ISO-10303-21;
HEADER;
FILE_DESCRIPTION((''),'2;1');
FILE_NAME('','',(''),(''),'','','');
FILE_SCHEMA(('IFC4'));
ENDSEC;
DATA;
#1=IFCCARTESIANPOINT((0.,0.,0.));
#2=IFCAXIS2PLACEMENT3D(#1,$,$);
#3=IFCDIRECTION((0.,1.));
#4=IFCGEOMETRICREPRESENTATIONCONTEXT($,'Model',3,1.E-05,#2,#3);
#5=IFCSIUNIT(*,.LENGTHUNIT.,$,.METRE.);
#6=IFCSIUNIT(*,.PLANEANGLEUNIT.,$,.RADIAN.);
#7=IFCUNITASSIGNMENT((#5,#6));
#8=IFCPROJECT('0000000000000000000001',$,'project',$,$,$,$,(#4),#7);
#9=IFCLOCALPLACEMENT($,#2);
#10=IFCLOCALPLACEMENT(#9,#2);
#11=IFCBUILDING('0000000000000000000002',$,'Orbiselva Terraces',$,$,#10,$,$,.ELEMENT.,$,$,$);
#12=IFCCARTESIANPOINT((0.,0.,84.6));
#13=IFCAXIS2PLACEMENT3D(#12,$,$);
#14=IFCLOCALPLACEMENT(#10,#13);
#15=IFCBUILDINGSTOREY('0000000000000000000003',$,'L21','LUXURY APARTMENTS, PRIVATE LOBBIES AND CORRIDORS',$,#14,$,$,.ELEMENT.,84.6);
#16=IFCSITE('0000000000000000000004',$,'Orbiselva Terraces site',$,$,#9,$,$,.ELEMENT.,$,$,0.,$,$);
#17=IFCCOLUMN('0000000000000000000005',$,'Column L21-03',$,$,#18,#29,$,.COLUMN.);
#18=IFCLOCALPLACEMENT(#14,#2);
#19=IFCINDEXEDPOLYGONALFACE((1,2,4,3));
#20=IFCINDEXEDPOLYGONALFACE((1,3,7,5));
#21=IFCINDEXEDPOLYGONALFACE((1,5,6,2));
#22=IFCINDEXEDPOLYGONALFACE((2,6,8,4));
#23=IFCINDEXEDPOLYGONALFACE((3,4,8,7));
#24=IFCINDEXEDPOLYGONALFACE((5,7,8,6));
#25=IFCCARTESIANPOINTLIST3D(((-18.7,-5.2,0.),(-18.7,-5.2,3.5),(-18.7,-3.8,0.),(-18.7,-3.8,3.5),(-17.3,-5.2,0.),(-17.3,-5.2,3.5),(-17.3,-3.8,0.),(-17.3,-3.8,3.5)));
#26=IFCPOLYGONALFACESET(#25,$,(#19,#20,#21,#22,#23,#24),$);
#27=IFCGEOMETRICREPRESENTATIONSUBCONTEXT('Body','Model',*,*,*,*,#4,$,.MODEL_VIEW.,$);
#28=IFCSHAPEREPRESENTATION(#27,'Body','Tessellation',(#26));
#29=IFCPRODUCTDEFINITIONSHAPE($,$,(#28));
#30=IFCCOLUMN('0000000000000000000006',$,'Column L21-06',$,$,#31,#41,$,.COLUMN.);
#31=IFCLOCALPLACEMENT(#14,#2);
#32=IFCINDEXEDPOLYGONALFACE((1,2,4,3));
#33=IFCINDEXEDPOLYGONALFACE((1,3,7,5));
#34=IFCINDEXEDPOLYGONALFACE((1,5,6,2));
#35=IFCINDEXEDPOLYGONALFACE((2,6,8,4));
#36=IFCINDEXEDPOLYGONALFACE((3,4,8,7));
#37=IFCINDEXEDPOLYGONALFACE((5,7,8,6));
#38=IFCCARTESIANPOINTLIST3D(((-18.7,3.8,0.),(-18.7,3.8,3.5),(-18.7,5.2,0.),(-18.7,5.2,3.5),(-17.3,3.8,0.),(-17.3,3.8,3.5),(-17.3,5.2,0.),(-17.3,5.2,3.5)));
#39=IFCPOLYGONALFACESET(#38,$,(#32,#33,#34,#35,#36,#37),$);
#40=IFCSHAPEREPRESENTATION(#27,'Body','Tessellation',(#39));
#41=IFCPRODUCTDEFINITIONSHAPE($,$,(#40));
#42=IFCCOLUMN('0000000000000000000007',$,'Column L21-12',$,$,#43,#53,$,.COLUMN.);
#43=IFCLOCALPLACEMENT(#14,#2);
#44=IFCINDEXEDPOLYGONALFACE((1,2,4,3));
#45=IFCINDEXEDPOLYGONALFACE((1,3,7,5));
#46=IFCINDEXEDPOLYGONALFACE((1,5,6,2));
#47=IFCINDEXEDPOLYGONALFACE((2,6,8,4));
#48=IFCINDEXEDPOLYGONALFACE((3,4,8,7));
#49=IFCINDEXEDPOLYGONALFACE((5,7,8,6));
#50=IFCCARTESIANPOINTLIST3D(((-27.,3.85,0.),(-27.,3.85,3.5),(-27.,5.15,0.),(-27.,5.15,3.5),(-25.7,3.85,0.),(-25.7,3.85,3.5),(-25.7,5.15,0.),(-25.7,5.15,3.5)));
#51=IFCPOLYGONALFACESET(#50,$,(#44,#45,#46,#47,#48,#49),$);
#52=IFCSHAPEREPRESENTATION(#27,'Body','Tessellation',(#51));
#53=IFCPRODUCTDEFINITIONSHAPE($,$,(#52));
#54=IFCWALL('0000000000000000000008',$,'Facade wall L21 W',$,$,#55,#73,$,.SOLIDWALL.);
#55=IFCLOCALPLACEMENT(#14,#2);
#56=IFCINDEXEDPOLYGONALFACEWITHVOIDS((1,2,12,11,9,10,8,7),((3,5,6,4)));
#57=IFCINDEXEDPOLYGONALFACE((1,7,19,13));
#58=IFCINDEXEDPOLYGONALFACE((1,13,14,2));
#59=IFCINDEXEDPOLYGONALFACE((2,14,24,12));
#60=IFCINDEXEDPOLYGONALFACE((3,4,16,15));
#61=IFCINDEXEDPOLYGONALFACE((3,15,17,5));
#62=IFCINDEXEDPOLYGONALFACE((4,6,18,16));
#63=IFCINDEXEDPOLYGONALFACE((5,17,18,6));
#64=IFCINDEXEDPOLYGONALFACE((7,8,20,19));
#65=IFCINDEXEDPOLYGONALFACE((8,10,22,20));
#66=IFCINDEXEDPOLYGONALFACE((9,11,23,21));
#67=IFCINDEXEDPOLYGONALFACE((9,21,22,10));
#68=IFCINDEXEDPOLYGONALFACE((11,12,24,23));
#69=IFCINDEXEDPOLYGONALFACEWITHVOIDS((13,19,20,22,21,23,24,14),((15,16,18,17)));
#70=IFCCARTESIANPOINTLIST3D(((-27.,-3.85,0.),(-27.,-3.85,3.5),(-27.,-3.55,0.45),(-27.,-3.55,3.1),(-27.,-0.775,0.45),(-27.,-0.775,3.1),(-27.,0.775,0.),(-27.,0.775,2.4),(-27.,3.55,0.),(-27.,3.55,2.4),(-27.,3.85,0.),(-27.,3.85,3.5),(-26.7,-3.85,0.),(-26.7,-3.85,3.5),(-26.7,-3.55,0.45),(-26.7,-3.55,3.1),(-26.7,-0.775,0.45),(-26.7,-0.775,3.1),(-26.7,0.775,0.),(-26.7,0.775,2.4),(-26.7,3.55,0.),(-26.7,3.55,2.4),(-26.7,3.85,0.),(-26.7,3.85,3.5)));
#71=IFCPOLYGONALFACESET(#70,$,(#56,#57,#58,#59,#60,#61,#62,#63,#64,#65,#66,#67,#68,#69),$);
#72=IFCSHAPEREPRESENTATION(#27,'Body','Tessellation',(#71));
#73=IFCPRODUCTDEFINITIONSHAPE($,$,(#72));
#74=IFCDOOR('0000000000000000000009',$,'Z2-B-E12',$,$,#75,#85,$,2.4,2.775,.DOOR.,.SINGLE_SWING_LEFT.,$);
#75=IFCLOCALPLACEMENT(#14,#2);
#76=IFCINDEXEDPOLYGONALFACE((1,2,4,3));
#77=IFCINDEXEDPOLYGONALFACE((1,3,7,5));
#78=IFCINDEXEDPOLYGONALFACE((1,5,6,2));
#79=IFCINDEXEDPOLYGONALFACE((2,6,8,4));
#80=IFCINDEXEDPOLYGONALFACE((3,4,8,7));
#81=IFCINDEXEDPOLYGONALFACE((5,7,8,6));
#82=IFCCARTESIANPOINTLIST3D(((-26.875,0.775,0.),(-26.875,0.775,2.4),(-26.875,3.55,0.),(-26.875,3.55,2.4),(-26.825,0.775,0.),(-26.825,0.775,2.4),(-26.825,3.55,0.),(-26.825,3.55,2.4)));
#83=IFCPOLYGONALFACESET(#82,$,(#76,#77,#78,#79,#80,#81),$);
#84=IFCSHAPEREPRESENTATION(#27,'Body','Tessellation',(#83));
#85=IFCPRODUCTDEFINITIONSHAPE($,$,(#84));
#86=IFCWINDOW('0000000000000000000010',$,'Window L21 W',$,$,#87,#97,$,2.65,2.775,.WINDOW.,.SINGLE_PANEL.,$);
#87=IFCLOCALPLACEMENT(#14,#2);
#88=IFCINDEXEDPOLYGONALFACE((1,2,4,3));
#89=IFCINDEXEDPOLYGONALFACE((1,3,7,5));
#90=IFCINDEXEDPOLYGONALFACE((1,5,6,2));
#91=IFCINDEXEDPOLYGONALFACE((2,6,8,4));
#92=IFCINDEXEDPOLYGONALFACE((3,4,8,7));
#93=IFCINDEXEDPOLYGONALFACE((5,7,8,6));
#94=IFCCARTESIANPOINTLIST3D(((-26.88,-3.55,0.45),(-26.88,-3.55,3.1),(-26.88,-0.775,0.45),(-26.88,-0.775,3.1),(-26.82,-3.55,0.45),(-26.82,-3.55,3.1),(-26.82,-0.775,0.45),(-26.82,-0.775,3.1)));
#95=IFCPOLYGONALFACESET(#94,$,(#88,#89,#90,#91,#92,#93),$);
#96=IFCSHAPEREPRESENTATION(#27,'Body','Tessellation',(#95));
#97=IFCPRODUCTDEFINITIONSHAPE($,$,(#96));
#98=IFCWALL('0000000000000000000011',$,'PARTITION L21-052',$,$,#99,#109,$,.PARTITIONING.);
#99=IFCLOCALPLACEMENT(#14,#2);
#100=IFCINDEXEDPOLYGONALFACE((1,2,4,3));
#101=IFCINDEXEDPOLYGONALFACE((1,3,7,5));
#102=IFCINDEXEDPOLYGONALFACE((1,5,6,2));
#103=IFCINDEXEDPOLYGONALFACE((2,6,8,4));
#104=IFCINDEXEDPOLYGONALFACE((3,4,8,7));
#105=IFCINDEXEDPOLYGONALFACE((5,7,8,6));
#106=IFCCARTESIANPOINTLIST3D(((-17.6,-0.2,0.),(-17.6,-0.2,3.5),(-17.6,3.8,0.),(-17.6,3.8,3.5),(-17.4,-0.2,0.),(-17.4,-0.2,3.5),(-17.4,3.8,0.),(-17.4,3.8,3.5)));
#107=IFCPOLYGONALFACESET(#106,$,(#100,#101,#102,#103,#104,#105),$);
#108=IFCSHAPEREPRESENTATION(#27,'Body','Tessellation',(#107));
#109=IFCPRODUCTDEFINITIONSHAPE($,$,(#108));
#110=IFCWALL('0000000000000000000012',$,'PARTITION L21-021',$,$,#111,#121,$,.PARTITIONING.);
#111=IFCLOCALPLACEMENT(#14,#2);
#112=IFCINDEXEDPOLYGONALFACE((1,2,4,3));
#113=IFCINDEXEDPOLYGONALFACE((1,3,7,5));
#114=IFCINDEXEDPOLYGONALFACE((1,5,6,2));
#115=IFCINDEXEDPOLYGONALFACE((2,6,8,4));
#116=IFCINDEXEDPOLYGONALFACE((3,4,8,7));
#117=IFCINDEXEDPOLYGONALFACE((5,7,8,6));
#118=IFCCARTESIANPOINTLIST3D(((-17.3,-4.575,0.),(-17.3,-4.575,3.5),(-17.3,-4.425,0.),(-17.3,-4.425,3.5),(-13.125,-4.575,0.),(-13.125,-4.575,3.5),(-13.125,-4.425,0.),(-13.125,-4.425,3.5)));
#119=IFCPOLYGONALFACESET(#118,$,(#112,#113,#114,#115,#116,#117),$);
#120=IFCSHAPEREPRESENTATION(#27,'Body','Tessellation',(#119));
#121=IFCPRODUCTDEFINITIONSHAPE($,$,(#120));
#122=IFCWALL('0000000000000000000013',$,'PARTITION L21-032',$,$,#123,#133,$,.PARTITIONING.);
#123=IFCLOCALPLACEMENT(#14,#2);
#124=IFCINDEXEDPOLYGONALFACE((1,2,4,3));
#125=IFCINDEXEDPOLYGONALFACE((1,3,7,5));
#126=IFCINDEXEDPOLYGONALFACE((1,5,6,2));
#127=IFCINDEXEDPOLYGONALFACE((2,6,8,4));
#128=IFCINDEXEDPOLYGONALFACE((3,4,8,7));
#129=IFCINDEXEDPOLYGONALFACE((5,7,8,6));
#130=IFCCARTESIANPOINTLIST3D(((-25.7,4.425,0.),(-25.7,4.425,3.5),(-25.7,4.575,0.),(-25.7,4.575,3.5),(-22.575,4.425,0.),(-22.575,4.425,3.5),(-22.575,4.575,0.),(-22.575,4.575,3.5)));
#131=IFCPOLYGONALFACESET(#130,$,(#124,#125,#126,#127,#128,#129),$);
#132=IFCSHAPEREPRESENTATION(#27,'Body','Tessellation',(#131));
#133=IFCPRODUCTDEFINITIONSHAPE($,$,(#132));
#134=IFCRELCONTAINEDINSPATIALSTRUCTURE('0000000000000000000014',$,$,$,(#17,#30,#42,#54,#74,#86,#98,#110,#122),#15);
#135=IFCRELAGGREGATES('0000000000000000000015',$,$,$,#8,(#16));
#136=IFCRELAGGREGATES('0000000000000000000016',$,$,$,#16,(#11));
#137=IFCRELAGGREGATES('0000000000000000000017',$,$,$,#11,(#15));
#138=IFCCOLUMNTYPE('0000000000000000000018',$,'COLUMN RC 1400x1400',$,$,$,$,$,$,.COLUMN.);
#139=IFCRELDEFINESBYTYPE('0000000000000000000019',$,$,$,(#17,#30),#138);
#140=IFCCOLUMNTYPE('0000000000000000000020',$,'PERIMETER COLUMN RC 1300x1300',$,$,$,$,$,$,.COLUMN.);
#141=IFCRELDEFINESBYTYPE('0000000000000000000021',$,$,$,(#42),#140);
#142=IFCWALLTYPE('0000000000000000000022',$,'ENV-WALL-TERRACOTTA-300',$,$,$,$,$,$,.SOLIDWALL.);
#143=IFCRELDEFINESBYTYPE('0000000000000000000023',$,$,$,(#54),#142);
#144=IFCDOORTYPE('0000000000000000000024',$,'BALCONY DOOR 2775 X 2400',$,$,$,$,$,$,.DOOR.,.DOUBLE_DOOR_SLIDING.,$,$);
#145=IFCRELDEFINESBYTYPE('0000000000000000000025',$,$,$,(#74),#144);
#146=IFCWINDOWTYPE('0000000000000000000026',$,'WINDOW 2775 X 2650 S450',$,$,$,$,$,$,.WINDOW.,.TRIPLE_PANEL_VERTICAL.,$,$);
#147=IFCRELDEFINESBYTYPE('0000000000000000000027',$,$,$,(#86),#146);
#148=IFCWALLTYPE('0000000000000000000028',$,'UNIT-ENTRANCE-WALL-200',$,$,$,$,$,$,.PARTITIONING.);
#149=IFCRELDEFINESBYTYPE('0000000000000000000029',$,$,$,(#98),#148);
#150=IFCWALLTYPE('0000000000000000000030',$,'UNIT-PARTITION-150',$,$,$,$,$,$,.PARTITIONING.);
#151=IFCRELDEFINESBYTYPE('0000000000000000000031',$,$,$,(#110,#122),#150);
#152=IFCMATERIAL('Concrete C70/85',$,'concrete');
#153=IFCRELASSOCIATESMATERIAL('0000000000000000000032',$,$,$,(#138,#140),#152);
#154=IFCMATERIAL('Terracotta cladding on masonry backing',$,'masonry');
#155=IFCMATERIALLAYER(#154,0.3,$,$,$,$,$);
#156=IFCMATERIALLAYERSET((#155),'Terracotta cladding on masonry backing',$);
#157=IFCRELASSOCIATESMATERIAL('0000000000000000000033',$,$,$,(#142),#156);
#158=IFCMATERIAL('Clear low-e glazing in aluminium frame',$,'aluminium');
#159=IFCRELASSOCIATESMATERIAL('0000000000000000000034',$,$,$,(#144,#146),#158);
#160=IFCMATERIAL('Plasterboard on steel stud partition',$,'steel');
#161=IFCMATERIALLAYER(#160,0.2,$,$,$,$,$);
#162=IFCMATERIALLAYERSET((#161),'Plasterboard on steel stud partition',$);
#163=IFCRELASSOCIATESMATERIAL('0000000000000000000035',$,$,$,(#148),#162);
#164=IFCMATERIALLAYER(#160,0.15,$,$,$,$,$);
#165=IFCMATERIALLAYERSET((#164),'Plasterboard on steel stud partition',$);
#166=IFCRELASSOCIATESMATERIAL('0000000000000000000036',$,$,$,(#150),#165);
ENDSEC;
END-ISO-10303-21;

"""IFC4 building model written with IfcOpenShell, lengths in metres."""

from ifc_helpers import new_model, si_unit, direction, frame, frame_2d, origin, origin_2d, place, context, subcontext, project, spatial, rectangle, extrude, material, layer, layer_set, material_profile, profile_set, type_object, element, fill, save


model = new_model("IFC4")

# Units and contexts
model_context = context("Model", 3, precision=1e-05, world=origin(), true_north=direction((0.0, 1.0)))
body_context = subcontext(model_context, "Body", "Model", "MODEL_VIEW")
ifc_project = project(units=[si_unit("LENGTHUNIT", "METRE"), si_unit("PLANEANGLEUNIT", "RADIAN")], contexts=[model_context])

# Site, building, storey
site_placement = place(None, origin())
site = spatial("IfcSite", under=ifc_project, at=site_placement, Name="Orbiselva Terraces site", CompositionType="ELEMENT", RefElevation=0.0)
building_placement = place(site_placement, origin())
building = spatial("IfcBuilding", under=site, at=building_placement, Name="Orbiselva Terraces", CompositionType="ELEMENT")
storey_placement = place(building_placement, frame((0.0, 0.0, 84.6)))
storey = spatial("IfcBuildingStorey", under=building, at=storey_placement, Name="L21", Description="LUXURY APARTMENTS, PRIVATE LOBBIES AND CORRIDORS", CompositionType="ELEMENT", Elevation=84.6)

# Columns
ifc_material_1 = material(Name="Concrete C70/85", Category="concrete")
ifc_material_profile_1 = material_profile(ifc_material_1, rectangle(XDim=1.4, YDim=1.4, at=origin_2d()), Name="RC 1400x1400")
ifc_profile_set_1 = profile_set([ifc_material_profile_1], Name="Concrete C70/85")
column_type_1 = type_object("IfcColumnType", Name="COLUMN RC 1400x1400", PredefinedType="COLUMN", material=ifc_profile_set_1)
for number, where, z_axis, x_axis, name in (
    (1, (-18.0, -4.5, 0.0), (0.0, 0.0, 1.0), (1.0, 0.0, 0.0), "Column L21-03"),
    (2, (-18.0, 4.5, 0.0), (0.0, 0.0, 1.0), (1.0, 0.0, 0.0), "Column L21-06"),
):
    element("IfcColumn", number, at=place(storey_placement, frame(where, z_axis=z_axis, x_axis=x_axis)), inside=storey, type_object=column_type_1, Name=name, PredefinedType="COLUMN", context=body_context, shape_type="SweptSolid", body=[
        extrude(rectangle(XDim=1.4, YDim=1.4, at=origin_2d()), origin(), (0.0, 0.0, 1.0), 3.5),
    ])
ifc_material_profile_2 = material_profile(ifc_material_1, rectangle(XDim=1.3, YDim=1.3, at=origin_2d()), Name="RC 1300x1300")
ifc_profile_set_2 = profile_set([ifc_material_profile_2], Name="Concrete C70/85")
column_type_2 = type_object("IfcColumnType", Name="PERIMETER COLUMN RC 1300x1300", PredefinedType="COLUMN", material=ifc_profile_set_2)
column_placement = place(storey_placement, frame((-26.35, 4.5, 0.0), z_axis=(0.0, 0.0, 1.0), x_axis=(1.0, 0.0, 0.0)))
element("IfcColumn", 3, at=column_placement, inside=storey, type_object=column_type_2, Name="Column L21-12", PredefinedType="COLUMN", context=body_context, shape_type="SweptSolid", body=[
    extrude(rectangle(XDim=1.3, YDim=1.3, at=origin_2d()), origin(), (0.0, 0.0, 1.0), 3.5),
])

# Wall, openings, door, window
ifc_material_2 = material(Name="Terracotta cladding on masonry backing", Category="masonry")
ifc_layer_1 = layer(ifc_material_2, 0.3)
ifc_layer_set_1 = layer_set([ifc_layer_1], Name="Terracotta cladding on masonry backing")
wall_type_1 = type_object("IfcWallType", Name="ENV-WALL-TERRACOTTA-300", PredefinedType="SOLIDWALL", material=ifc_layer_set_1)
wall_1_placement = place(storey_placement, frame((-26.85, -3.85, 0.0), z_axis=(0.0, 0.0, 1.0), x_axis=(0.0, 1.0, 0.0)))
wall_1 = element("IfcWall", 4, at=wall_1_placement, inside=storey, type_object=wall_type_1, Name="Facade wall L21 W", PredefinedType="SOLIDWALL", context=body_context, shape_type="SweptSolid", body=[
    extrude(rectangle(XDim=7.7, YDim=0.3, at=frame_2d((3.85, 0.0))), origin(), (0.0, 0.0, 1.0), 3.5),
])
opening_1_placement = place(wall_1_placement, frame((4.625, 0.0, 0.0)))
opening_1 = element("IfcOpeningElement", 5, at=opening_1_placement, cuts=wall_1, PredefinedType="OPENING", context=body_context, shape_type="SweptSolid", body=[
    extrude(rectangle(XDim=2.775, YDim=2.4, at=frame_2d((1.3875, 1.2))), frame((0.0, 0.16, 0.0), z_axis=(0.0, -1.0, 0.0), x_axis=(1.0, 0.0, 0.0)), (0.0, 0.0, 1.0), 0.32),
])
opening_2_placement = place(wall_1_placement, frame((0.3, 0.0, 0.45)))
opening_2 = element("IfcOpeningElement", 6, at=opening_2_placement, cuts=wall_1, PredefinedType="OPENING", context=body_context, shape_type="SweptSolid", body=[
    extrude(rectangle(XDim=2.775, YDim=2.65, at=frame_2d((1.3875, 1.325))), frame((0.0, 0.16, 0.0), z_axis=(0.0, -1.0, 0.0), x_axis=(1.0, 0.0, 0.0)), (0.0, 0.0, 1.0), 0.32),
])
ifc_material_3 = material(Name="Clear low-e glazing in aluminium frame", Category="aluminium")
door_type_1 = type_object("IfcDoorType", Name="BALCONY DOOR 2775 X 2400", OperationType="DOUBLE_DOOR_SLIDING", PredefinedType="DOOR", material=ifc_material_3)
door_1_placement = place(opening_1_placement, origin())
door_1 = element("IfcDoor", 7, at=door_1_placement, inside=storey, type_object=door_type_1, Name="Z2-B-E12", OperationType="SINGLE_SWING_LEFT", OverallHeight=2.4, OverallWidth=2.775, PredefinedType="DOOR", context=body_context, shape_type="SweptSolid", body=[
    extrude(rectangle(XDim=2.775, YDim=2.4, at=frame_2d((1.3875, 1.2))), frame((0.0, 0.025, 0.0), z_axis=(0.0, -1.0, 0.0), x_axis=(1.0, 0.0, 0.0)), (0.0, 0.0, 1.0), 0.05),
])
fill(opening_1, door_1)
window_type = type_object("IfcWindowType", Name="WINDOW 2775 X 2650 S450", PartitioningType="TRIPLE_PANEL_VERTICAL", PredefinedType="WINDOW", material=ifc_material_3)
window_placement = place(opening_2_placement, origin())
window = element("IfcWindow", 8, at=window_placement, inside=storey, type_object=window_type, Name="Window L21 W", OverallHeight=2.65, OverallWidth=2.775, PartitioningType="SINGLE_PANEL", PredefinedType="WINDOW", context=body_context, shape_type="SweptSolid", body=[
    extrude(rectangle(XDim=2.775, YDim=2.65, at=frame_2d((1.3875, 1.325))), frame((0.0, 0.03, 0.0), z_axis=(0.0, -1.0, 0.0), x_axis=(1.0, 0.0, 0.0)), (0.0, 0.0, 1.0), 0.06),
])
fill(opening_2, window)

# Walls
ifc_material_4 = material(Name="Plasterboard on steel stud partition", Category="steel")
ifc_layer_2 = layer(ifc_material_4, 0.2)
ifc_layer_set_2 = layer_set([ifc_layer_2], Name="Plasterboard on steel stud partition")
wall_type_2 = type_object("IfcWallType", Name="UNIT-ENTRANCE-WALL-200", PredefinedType="PARTITIONING", material=ifc_layer_set_2)
wall_2_placement = place(storey_placement, frame((-17.5, -0.2, 0.0), z_axis=(0.0, 0.0, 1.0), x_axis=(0.0, 1.0, 0.0)))
element("IfcWall", 9, at=wall_2_placement, inside=storey, type_object=wall_type_2, Name="PARTITION L21-052", PredefinedType="PARTITIONING", context=body_context, shape_type="SweptSolid", body=[
    extrude(rectangle(XDim=4.0, YDim=0.2, at=frame_2d((2.0, 0.0))), origin(), (0.0, 0.0, 1.0), 3.5),
])
ifc_layer_3 = layer(ifc_material_4, 0.15)
ifc_layer_set_3 = layer_set([ifc_layer_3], Name="Plasterboard on steel stud partition")
wall_type_3 = type_object("IfcWallType", Name="UNIT-PARTITION-150", PredefinedType="PARTITIONING", material=ifc_layer_set_3)
wall_3_placement = place(storey_placement, frame((-17.3, -4.5, 0.0), z_axis=(0.0, 0.0, 1.0), x_axis=(1.0, 0.0, 0.0)))
element("IfcWall", 10, at=wall_3_placement, inside=storey, type_object=wall_type_3, Name="PARTITION L21-021", PredefinedType="PARTITIONING", context=body_context, shape_type="SweptSolid", body=[
    extrude(rectangle(XDim=4.175, YDim=0.15, at=frame_2d((2.0875, 0.0))), origin(), (0.0, 0.0, 1.0), 3.5),
])
wall_4_placement = place(storey_placement, frame((-25.7, 4.5, 0.0), z_axis=(0.0, 0.0, 1.0), x_axis=(1.0, 0.0, 0.0)))
element("IfcWall", 11, at=wall_4_placement, inside=storey, type_object=wall_type_3, Name="PARTITION L21-032", PredefinedType="PARTITIONING", context=body_context, shape_type="SweptSolid", body=[
    extrude(rectangle(XDim=3.125, YDim=0.15, at=frame_2d((1.5625, 0.0))), origin(), (0.0, 0.0, 1.0), 3.5),
])

save(model, "model.ifc")
